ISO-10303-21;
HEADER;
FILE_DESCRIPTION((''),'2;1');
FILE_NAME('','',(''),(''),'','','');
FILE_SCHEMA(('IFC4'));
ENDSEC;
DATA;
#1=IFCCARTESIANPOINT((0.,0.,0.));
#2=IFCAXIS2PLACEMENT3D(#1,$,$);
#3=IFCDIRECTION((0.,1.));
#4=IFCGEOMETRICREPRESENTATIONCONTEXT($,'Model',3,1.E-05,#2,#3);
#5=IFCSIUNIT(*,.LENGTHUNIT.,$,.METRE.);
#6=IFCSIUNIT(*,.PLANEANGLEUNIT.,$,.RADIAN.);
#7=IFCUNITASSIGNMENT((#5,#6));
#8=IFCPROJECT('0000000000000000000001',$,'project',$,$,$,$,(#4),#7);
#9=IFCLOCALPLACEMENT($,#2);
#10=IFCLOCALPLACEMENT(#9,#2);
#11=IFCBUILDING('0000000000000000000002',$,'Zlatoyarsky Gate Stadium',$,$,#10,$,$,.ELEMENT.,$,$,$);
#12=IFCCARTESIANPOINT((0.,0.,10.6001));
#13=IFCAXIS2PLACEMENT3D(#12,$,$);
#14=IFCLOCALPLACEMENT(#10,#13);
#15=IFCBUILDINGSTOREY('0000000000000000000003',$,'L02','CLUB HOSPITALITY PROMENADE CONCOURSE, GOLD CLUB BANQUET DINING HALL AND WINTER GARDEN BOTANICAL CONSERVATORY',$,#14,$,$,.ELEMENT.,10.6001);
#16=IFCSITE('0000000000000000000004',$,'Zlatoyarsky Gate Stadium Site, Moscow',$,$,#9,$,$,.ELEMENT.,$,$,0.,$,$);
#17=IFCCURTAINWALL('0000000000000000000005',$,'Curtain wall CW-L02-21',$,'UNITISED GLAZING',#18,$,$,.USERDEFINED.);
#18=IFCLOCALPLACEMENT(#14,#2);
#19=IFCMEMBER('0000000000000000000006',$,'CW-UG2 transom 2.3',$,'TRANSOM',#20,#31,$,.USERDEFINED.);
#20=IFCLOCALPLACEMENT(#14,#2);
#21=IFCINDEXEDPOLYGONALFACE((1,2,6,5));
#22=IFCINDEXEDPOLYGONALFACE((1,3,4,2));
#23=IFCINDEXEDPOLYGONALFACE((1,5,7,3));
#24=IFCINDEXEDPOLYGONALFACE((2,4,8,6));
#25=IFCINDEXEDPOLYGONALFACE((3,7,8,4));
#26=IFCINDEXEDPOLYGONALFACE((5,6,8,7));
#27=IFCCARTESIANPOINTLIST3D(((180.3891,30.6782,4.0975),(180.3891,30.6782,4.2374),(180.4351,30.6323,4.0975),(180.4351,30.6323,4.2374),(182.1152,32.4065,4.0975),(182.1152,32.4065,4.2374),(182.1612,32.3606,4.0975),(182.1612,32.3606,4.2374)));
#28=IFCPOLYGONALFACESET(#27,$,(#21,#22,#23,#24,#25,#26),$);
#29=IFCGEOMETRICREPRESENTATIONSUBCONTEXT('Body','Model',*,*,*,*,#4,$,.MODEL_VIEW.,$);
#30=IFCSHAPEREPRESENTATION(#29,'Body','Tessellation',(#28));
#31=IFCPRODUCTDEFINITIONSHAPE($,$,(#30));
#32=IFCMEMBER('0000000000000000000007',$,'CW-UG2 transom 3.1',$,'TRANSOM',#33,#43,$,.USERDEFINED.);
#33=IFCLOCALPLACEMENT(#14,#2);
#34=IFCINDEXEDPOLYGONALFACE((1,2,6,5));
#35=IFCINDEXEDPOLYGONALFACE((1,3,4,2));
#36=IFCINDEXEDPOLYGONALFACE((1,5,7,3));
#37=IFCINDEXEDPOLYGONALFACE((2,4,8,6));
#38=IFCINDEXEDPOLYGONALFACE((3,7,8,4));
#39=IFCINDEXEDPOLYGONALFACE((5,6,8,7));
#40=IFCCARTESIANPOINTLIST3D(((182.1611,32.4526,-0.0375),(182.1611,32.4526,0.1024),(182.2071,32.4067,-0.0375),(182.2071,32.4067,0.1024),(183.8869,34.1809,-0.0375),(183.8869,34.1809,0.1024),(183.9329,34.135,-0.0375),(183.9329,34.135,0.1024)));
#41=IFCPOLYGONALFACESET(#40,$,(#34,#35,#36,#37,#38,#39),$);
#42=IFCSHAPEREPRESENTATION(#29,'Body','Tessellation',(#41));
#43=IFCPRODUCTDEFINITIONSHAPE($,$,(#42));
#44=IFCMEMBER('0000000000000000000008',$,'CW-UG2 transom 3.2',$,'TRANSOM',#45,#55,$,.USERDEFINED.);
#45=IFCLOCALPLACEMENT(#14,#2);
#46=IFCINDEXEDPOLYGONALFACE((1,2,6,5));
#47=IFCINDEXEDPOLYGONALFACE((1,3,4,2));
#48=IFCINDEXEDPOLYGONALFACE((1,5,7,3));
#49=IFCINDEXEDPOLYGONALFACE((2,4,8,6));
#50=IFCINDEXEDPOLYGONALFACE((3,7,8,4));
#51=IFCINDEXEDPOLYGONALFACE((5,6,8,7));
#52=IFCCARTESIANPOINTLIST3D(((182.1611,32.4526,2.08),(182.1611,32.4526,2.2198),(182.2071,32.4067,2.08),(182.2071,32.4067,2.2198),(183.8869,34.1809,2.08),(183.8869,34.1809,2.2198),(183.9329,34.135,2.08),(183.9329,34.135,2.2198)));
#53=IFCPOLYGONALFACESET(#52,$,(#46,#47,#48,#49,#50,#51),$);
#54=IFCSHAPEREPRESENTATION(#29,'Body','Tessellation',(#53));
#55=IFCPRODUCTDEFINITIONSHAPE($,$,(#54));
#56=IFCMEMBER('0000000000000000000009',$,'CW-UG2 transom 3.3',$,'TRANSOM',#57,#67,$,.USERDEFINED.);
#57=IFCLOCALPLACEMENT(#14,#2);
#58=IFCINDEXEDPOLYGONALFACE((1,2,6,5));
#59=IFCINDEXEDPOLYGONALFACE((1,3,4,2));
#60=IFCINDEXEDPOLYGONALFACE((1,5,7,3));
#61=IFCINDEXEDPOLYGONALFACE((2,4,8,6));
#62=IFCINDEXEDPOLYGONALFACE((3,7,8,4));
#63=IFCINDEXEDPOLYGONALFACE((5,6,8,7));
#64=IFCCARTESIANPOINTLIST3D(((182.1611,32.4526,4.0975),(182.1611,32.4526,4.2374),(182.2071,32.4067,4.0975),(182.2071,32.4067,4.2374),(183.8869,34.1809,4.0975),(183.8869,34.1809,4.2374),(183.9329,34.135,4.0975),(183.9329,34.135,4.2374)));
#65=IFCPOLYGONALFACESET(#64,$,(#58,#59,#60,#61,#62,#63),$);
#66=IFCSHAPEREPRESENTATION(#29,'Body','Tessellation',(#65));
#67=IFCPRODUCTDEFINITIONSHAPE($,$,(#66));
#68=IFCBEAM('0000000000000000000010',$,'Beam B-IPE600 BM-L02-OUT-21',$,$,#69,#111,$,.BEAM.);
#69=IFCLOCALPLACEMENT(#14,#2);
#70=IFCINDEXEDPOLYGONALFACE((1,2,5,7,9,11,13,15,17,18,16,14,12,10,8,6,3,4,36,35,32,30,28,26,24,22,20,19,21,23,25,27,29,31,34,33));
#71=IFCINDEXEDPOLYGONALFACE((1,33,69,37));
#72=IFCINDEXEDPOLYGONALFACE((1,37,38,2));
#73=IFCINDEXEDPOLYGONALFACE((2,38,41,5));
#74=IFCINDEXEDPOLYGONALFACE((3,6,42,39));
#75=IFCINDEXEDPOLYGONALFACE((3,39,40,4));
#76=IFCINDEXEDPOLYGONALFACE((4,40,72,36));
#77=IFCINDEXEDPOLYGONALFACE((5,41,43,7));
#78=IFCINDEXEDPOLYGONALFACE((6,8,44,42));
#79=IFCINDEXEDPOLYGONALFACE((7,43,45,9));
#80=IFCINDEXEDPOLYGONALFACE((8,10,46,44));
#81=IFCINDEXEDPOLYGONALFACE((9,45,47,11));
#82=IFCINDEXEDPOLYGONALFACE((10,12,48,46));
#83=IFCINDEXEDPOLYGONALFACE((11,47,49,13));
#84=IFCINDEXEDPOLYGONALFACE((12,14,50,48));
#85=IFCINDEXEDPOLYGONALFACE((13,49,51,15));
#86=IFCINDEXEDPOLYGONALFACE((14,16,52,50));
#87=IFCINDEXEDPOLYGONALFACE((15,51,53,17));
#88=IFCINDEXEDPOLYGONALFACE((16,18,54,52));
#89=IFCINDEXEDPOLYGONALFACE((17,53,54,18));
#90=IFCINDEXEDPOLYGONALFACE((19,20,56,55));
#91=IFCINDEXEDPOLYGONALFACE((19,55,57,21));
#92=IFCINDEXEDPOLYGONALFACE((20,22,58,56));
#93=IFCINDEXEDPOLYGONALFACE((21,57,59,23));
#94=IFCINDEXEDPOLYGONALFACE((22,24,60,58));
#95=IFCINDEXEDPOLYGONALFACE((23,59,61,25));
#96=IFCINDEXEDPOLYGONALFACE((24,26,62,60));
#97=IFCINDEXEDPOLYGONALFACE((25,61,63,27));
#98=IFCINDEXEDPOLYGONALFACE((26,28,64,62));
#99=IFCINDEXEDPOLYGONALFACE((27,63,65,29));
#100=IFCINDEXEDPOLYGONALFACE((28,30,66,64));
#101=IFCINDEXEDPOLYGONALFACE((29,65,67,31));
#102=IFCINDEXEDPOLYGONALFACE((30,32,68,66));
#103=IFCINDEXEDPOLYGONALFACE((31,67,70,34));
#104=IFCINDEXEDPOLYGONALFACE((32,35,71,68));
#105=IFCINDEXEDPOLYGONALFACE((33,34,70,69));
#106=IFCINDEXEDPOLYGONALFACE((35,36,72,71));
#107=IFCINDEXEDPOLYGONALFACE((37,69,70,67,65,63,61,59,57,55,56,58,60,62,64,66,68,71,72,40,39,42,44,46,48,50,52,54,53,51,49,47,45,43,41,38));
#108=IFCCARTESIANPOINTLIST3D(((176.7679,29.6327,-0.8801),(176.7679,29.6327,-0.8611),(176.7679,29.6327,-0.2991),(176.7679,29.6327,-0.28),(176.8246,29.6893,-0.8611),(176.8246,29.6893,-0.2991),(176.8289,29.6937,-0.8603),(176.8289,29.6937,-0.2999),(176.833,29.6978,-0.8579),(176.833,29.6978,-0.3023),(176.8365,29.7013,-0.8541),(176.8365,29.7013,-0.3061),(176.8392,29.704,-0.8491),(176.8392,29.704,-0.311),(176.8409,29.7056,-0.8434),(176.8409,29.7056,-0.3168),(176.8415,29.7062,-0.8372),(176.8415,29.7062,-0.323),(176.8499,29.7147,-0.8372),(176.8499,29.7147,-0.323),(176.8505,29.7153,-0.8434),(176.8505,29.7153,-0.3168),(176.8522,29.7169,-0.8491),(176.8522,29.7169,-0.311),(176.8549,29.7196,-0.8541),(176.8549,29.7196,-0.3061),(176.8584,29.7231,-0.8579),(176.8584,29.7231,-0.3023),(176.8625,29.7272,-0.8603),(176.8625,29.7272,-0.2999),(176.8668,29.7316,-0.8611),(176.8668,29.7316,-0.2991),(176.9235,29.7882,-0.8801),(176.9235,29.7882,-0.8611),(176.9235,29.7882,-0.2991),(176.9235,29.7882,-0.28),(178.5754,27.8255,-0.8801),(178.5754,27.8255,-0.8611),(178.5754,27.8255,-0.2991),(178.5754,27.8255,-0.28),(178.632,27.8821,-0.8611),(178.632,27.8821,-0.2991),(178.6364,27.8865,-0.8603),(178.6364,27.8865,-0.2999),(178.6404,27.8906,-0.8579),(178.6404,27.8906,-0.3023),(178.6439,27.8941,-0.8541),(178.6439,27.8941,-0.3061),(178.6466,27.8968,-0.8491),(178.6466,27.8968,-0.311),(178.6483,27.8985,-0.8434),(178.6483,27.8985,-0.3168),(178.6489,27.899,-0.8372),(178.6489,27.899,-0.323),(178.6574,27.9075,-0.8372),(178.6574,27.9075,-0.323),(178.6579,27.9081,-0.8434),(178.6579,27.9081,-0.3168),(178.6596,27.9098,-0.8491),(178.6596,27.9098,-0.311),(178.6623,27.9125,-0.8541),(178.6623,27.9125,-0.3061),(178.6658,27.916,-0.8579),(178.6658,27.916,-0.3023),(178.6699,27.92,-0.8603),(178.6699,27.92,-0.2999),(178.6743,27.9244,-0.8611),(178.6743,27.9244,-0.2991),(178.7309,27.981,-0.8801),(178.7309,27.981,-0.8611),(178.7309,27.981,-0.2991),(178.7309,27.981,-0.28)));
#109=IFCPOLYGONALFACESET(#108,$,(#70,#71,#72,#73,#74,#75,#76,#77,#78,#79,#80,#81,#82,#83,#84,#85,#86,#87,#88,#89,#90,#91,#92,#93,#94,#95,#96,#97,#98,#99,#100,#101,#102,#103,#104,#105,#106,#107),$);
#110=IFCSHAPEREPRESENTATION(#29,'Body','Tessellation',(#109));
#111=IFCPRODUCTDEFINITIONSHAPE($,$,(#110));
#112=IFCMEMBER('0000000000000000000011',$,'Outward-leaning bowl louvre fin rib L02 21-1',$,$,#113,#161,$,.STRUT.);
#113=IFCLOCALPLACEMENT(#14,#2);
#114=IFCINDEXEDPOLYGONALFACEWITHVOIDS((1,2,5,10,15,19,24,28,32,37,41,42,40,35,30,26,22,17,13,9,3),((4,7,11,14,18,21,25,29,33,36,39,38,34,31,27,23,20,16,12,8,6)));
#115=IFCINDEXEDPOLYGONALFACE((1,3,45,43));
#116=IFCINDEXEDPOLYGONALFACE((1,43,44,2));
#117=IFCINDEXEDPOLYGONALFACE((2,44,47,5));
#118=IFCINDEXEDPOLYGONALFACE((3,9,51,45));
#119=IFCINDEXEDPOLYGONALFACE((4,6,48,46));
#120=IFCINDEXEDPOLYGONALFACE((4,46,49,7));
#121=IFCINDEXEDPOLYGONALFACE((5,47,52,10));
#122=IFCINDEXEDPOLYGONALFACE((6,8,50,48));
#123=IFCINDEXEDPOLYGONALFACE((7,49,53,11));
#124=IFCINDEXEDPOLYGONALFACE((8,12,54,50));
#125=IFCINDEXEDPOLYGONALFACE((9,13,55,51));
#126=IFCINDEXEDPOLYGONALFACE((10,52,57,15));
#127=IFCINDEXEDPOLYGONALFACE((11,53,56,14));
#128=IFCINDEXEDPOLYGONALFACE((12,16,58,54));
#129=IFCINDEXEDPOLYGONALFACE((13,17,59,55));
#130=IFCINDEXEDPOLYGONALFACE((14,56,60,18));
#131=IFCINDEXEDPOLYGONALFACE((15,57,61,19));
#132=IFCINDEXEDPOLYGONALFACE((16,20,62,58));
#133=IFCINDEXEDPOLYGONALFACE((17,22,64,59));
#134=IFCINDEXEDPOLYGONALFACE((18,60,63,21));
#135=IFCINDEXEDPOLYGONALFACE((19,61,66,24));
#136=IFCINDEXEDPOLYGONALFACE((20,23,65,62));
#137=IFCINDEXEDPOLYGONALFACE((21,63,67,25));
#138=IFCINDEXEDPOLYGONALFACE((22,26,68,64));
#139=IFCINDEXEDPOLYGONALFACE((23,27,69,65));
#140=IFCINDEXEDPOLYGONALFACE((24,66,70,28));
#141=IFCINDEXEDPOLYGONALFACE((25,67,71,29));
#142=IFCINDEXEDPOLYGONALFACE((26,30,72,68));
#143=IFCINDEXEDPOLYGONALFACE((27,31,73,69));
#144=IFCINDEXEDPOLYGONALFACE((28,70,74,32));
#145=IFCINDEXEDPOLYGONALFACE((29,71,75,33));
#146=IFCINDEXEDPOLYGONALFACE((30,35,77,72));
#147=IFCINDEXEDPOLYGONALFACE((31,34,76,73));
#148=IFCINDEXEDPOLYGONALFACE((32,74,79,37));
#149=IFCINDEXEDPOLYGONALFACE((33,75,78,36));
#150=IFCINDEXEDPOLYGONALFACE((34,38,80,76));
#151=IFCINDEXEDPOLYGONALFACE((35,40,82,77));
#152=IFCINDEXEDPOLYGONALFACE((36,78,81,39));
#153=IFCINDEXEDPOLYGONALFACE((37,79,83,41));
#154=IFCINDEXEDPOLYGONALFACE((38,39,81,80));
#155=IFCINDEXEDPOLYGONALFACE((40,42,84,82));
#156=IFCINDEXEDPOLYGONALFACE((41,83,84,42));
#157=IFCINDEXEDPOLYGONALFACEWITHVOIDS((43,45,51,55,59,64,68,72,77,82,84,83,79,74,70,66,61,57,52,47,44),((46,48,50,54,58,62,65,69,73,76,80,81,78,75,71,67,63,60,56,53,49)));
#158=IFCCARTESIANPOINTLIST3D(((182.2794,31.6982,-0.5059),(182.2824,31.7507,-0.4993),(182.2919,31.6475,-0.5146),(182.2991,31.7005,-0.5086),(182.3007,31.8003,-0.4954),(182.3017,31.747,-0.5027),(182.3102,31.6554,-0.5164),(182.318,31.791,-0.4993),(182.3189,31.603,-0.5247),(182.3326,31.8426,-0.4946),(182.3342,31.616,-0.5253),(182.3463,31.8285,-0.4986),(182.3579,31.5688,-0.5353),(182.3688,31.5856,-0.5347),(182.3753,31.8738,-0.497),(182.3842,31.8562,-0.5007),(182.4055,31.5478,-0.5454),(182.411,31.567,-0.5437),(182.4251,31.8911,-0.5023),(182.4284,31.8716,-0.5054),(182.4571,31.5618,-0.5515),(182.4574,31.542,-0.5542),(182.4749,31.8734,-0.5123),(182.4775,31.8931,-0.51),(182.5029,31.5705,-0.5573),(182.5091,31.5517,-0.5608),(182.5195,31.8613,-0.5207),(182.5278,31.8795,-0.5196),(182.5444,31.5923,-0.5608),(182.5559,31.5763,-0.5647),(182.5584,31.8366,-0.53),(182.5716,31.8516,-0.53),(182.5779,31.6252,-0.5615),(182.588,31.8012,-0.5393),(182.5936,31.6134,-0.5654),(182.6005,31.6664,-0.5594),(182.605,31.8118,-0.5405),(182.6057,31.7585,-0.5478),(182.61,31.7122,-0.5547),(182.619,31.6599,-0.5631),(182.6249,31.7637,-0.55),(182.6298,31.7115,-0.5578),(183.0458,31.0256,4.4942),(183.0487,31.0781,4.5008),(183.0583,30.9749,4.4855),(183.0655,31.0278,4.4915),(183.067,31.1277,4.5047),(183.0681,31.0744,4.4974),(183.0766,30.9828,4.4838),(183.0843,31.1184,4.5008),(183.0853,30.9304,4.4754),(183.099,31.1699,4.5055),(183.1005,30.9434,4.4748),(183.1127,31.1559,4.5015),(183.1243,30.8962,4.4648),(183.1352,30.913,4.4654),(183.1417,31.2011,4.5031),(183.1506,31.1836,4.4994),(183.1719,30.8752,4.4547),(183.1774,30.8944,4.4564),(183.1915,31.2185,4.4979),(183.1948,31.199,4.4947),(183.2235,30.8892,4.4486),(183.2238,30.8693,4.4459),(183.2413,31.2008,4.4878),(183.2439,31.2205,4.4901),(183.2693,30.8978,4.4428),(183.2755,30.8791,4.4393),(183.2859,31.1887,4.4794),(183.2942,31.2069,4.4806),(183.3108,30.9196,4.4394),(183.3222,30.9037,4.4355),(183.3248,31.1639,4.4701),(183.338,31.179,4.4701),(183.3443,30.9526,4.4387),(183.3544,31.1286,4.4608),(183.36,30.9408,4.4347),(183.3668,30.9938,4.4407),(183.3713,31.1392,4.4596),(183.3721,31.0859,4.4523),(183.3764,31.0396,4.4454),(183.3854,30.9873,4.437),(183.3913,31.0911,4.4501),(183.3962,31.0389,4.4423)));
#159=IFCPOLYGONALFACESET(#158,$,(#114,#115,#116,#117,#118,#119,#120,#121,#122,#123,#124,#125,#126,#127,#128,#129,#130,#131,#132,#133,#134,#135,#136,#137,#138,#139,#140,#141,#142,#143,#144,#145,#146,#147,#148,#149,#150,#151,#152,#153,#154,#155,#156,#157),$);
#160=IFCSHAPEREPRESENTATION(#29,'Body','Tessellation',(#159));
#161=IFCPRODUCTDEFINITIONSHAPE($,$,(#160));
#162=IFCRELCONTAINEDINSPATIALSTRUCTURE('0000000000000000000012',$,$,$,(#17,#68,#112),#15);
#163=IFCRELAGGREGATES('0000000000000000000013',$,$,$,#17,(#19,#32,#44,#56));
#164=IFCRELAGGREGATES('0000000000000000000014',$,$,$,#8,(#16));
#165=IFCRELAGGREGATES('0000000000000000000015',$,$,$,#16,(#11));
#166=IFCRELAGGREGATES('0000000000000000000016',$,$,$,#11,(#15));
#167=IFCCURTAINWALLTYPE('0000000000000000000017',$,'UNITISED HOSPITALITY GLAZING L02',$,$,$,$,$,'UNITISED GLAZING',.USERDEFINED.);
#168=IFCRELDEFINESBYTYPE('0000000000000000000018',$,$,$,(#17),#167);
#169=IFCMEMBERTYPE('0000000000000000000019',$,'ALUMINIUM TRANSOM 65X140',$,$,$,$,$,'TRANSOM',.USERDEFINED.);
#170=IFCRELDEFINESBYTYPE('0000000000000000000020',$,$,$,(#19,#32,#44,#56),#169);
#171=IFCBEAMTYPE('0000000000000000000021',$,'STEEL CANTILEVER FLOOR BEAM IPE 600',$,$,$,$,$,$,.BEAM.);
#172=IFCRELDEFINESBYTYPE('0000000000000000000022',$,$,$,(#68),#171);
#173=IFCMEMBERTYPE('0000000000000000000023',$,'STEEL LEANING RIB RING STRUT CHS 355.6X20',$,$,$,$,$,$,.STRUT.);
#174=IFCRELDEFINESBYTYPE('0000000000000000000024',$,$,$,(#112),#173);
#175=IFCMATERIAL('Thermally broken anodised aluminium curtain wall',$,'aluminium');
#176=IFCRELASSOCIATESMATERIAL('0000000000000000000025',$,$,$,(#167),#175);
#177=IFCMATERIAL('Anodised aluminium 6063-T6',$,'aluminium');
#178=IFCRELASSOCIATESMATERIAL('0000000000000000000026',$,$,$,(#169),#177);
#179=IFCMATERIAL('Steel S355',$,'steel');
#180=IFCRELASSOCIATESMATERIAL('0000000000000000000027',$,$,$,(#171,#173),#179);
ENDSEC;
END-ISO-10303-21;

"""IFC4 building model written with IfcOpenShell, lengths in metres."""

from ifc_helpers import new_model, si_unit, direction, frame, origin, origin_2d, place, context, subcontext, project, spatial, rectangle, hollow_circle, i_section, extrude, material, material_profile, profile_set, type_object, element, aggregate, save


model = new_model("IFC4")

# Units and contexts
model_context = context("Model", 3, precision=1e-05, world=origin(), true_north=direction((0.0, 1.0)))
body_context = subcontext(model_context, "Body", "Model", "MODEL_VIEW")
ifc_project = project(units=[si_unit("LENGTHUNIT", "METRE"), si_unit("PLANEANGLEUNIT", "RADIAN")], contexts=[model_context])

# Site, building, storey
site_placement = place(None, origin())
site = spatial("IfcSite", under=ifc_project, at=site_placement, Name="Zlatoyarsky Gate Stadium Site, Moscow", CompositionType="ELEMENT", RefElevation=0.0)
building_placement = place(site_placement, origin())
building = spatial("IfcBuilding", under=site, at=building_placement, Name="Zlatoyarsky Gate Stadium", CompositionType="ELEMENT")
storey_placement = place(building_placement, frame((0.0, 0.0, 10.6001)))
storey = spatial("IfcBuildingStorey", under=building, at=storey_placement, Name="L02", Description="CLUB HOSPITALITY PROMENADE CONCOURSE, GOLD CLUB BANQUET DINING HALL AND WINTER GARDEN BOTANICAL CONSERVATORY", CompositionType="ELEMENT", Elevation=10.6001)

# Shared definitions
ifc_material_1 = material(Name="Steel S355", Category="steel")

# Shared definitions
ifc_material_2 = material(Name="Thermally broken anodised aluminium curtain wall", Category="aluminium")
curtain_wall_type = type_object("IfcCurtainWallType", Name="UNITISED HOSPITALITY GLAZING L02", ElementType="UNITISED GLAZING", PredefinedType="USERDEFINED", material=ifc_material_2)
ifc_material_3 = material(Name="Anodised aluminium 6063-T6", Category="aluminium")

# Curtain wall, members
curtain_wall_1_placement = place(storey_placement, origin())
curtain_wall_1 = element("IfcCurtainWall", 1, at=curtain_wall_1_placement, inside=storey, type_object=curtain_wall_type, Name="Curtain wall CW-L02-21", ObjectType="UNITISED GLAZING", PredefinedType="USERDEFINED")
ifc_material_profile_1 = material_profile(ifc_material_3, rectangle(XDim=0.0649, YDim=0.1399, at=origin_2d()), Name="ALU 65X140")
ifc_profile_set_1 = profile_set([ifc_material_profile_1], Name="Anodised aluminium 6063-T6")
member_type_1 = type_object("IfcMemberType", Name="ALUMINIUM TRANSOM 65X140", ElementType="TRANSOM", PredefinedType="USERDEFINED", material=ifc_profile_set_1)
member_1_placement = place(storey_placement, frame((180.4121, 30.6553, 4.1675), z_axis=(0.706657, 0.707556, 0.0), x_axis=(-0.707556, 0.706657, 0.0)))
member_1 = element("IfcMember", 2, at=member_1_placement, type_object=member_type_1, Name="CW-UG2 transom 2.3", ObjectType="TRANSOM", PredefinedType="USERDEFINED", context=body_context, shape_type="SweptSolid", body=[
    extrude(rectangle(XDim=0.0649, YDim=0.1399, at=origin_2d()), origin(), (0.0, 0.0, 1.0), 2.4426),
])
member_2_placement = place(storey_placement, frame((182.1841, 32.4297, 0.0325), z_axis=(0.706607, 0.707606, 0.0), x_axis=(-0.707606, 0.706607, 0.0)))
member_2 = element("IfcMember", 3, at=member_2_placement, type_object=member_type_1, Name="CW-UG2 transom 3.1", ObjectType="TRANSOM", PredefinedType="USERDEFINED", context=body_context, shape_type="SweptSolid", body=[
    extrude(rectangle(XDim=0.0649, YDim=0.1399, at=origin_2d()), origin(), (0.0, 0.0, 1.0), 2.4424),
])
member_3_placement = place(storey_placement, frame((182.1841, 32.4297, 2.1499), z_axis=(0.706607, 0.707606, 0.0), x_axis=(-0.707606, 0.706607, 0.0)))
member_3 = element("IfcMember", 4, at=member_3_placement, type_object=member_type_1, Name="CW-UG2 transom 3.2", ObjectType="TRANSOM", PredefinedType="USERDEFINED", context=body_context, shape_type="SweptSolid", body=[
    extrude(rectangle(XDim=0.0649, YDim=0.1399, at=origin_2d()), origin(), (0.0, 0.0, 1.0), 2.4424),
])
member_4_placement = place(storey_placement, frame((182.1841, 32.4297, 4.1675), z_axis=(0.706607, 0.707606, 0.0), x_axis=(-0.707606, 0.706607, 0.0)))
member_4 = element("IfcMember", 5, at=member_4_placement, type_object=member_type_1, Name="CW-UG2 transom 3.3", ObjectType="TRANSOM", PredefinedType="USERDEFINED", context=body_context, shape_type="SweptSolid", body=[
    extrude(rectangle(XDim=0.0649, YDim=0.1399, at=origin_2d()), origin(), (0.0, 0.0, 1.0), 2.4424),
])

# Beam
ifc_material_profile_2 = material_profile(ifc_material_1, i_section(OverallWidth=0.22, OverallDepth=0.6001, WebThickness=0.012, FlangeThickness=0.019, FilletRadius=0.0239, at=origin_2d()), Name="IPE 600")
ifc_profile_set_2 = profile_set([ifc_material_profile_2], Name="Steel S355")
beam_type_1 = type_object("IfcBeamType", Name="STEEL CANTILEVER FLOOR BEAM IPE 600", PredefinedType="BEAM", material=ifc_profile_set_2)
beam_1_placement = place(storey_placement, frame((176.8457, 29.7104, -0.5801), z_axis=(0.707155, -0.707059, 0.0), x_axis=(0.707059, 0.707155, 0.0)))
element("IfcBeam", 6, at=beam_1_placement, inside=storey, type_object=beam_type_1, Name="Beam B-IPE600 BM-L02-OUT-21", PredefinedType="BEAM", context=body_context, shape_type="SweptSolid", body=[
    extrude(i_section(OverallWidth=0.22, OverallDepth=0.6001, WebThickness=0.012, FlangeThickness=0.019, FilletRadius=0.0239, at=origin_2d()), origin(), (0.0, 0.0, 1.0), 2.5559),
])

# Member
ifc_material_profile_3 = material_profile(ifc_material_1, hollow_circle(Radius=0.1777, WallThickness=0.02, at=origin_2d()), Name="CHS 355.6X20")
ifc_profile_set_3 = profile_set([ifc_material_profile_3], Name="Steel S355")
member_type_2 = type_object("IfcMemberType", Name="STEEL LEANING RIB RING STRUT CHS 355.6X20", PredefinedType="STRUT", material=ifc_profile_set_3)
member_5_placement = place(storey_placement, frame((182.4543, 31.718, -0.53), z_axis=(0.15018, -0.131809, 0.979833), x_axis=(0.65964, 0.751582, 0.0)))
element("IfcMember", 7, at=member_5_placement, inside=storey, type_object=member_type_2, Name="Outward-leaning bowl louvre fin rib L02 21-1", PredefinedType="STRUT", context=body_context, shape_type="SweptSolid", body=[
    extrude(hollow_circle(Radius=0.1777, WallThickness=0.02, at=origin_2d()), origin(), (0.0, 0.0, 1.0), 5.103),
])

aggregate(curtain_wall_1, [member_1, member_2, member_3, member_4])

save(model, "model.ifc")
